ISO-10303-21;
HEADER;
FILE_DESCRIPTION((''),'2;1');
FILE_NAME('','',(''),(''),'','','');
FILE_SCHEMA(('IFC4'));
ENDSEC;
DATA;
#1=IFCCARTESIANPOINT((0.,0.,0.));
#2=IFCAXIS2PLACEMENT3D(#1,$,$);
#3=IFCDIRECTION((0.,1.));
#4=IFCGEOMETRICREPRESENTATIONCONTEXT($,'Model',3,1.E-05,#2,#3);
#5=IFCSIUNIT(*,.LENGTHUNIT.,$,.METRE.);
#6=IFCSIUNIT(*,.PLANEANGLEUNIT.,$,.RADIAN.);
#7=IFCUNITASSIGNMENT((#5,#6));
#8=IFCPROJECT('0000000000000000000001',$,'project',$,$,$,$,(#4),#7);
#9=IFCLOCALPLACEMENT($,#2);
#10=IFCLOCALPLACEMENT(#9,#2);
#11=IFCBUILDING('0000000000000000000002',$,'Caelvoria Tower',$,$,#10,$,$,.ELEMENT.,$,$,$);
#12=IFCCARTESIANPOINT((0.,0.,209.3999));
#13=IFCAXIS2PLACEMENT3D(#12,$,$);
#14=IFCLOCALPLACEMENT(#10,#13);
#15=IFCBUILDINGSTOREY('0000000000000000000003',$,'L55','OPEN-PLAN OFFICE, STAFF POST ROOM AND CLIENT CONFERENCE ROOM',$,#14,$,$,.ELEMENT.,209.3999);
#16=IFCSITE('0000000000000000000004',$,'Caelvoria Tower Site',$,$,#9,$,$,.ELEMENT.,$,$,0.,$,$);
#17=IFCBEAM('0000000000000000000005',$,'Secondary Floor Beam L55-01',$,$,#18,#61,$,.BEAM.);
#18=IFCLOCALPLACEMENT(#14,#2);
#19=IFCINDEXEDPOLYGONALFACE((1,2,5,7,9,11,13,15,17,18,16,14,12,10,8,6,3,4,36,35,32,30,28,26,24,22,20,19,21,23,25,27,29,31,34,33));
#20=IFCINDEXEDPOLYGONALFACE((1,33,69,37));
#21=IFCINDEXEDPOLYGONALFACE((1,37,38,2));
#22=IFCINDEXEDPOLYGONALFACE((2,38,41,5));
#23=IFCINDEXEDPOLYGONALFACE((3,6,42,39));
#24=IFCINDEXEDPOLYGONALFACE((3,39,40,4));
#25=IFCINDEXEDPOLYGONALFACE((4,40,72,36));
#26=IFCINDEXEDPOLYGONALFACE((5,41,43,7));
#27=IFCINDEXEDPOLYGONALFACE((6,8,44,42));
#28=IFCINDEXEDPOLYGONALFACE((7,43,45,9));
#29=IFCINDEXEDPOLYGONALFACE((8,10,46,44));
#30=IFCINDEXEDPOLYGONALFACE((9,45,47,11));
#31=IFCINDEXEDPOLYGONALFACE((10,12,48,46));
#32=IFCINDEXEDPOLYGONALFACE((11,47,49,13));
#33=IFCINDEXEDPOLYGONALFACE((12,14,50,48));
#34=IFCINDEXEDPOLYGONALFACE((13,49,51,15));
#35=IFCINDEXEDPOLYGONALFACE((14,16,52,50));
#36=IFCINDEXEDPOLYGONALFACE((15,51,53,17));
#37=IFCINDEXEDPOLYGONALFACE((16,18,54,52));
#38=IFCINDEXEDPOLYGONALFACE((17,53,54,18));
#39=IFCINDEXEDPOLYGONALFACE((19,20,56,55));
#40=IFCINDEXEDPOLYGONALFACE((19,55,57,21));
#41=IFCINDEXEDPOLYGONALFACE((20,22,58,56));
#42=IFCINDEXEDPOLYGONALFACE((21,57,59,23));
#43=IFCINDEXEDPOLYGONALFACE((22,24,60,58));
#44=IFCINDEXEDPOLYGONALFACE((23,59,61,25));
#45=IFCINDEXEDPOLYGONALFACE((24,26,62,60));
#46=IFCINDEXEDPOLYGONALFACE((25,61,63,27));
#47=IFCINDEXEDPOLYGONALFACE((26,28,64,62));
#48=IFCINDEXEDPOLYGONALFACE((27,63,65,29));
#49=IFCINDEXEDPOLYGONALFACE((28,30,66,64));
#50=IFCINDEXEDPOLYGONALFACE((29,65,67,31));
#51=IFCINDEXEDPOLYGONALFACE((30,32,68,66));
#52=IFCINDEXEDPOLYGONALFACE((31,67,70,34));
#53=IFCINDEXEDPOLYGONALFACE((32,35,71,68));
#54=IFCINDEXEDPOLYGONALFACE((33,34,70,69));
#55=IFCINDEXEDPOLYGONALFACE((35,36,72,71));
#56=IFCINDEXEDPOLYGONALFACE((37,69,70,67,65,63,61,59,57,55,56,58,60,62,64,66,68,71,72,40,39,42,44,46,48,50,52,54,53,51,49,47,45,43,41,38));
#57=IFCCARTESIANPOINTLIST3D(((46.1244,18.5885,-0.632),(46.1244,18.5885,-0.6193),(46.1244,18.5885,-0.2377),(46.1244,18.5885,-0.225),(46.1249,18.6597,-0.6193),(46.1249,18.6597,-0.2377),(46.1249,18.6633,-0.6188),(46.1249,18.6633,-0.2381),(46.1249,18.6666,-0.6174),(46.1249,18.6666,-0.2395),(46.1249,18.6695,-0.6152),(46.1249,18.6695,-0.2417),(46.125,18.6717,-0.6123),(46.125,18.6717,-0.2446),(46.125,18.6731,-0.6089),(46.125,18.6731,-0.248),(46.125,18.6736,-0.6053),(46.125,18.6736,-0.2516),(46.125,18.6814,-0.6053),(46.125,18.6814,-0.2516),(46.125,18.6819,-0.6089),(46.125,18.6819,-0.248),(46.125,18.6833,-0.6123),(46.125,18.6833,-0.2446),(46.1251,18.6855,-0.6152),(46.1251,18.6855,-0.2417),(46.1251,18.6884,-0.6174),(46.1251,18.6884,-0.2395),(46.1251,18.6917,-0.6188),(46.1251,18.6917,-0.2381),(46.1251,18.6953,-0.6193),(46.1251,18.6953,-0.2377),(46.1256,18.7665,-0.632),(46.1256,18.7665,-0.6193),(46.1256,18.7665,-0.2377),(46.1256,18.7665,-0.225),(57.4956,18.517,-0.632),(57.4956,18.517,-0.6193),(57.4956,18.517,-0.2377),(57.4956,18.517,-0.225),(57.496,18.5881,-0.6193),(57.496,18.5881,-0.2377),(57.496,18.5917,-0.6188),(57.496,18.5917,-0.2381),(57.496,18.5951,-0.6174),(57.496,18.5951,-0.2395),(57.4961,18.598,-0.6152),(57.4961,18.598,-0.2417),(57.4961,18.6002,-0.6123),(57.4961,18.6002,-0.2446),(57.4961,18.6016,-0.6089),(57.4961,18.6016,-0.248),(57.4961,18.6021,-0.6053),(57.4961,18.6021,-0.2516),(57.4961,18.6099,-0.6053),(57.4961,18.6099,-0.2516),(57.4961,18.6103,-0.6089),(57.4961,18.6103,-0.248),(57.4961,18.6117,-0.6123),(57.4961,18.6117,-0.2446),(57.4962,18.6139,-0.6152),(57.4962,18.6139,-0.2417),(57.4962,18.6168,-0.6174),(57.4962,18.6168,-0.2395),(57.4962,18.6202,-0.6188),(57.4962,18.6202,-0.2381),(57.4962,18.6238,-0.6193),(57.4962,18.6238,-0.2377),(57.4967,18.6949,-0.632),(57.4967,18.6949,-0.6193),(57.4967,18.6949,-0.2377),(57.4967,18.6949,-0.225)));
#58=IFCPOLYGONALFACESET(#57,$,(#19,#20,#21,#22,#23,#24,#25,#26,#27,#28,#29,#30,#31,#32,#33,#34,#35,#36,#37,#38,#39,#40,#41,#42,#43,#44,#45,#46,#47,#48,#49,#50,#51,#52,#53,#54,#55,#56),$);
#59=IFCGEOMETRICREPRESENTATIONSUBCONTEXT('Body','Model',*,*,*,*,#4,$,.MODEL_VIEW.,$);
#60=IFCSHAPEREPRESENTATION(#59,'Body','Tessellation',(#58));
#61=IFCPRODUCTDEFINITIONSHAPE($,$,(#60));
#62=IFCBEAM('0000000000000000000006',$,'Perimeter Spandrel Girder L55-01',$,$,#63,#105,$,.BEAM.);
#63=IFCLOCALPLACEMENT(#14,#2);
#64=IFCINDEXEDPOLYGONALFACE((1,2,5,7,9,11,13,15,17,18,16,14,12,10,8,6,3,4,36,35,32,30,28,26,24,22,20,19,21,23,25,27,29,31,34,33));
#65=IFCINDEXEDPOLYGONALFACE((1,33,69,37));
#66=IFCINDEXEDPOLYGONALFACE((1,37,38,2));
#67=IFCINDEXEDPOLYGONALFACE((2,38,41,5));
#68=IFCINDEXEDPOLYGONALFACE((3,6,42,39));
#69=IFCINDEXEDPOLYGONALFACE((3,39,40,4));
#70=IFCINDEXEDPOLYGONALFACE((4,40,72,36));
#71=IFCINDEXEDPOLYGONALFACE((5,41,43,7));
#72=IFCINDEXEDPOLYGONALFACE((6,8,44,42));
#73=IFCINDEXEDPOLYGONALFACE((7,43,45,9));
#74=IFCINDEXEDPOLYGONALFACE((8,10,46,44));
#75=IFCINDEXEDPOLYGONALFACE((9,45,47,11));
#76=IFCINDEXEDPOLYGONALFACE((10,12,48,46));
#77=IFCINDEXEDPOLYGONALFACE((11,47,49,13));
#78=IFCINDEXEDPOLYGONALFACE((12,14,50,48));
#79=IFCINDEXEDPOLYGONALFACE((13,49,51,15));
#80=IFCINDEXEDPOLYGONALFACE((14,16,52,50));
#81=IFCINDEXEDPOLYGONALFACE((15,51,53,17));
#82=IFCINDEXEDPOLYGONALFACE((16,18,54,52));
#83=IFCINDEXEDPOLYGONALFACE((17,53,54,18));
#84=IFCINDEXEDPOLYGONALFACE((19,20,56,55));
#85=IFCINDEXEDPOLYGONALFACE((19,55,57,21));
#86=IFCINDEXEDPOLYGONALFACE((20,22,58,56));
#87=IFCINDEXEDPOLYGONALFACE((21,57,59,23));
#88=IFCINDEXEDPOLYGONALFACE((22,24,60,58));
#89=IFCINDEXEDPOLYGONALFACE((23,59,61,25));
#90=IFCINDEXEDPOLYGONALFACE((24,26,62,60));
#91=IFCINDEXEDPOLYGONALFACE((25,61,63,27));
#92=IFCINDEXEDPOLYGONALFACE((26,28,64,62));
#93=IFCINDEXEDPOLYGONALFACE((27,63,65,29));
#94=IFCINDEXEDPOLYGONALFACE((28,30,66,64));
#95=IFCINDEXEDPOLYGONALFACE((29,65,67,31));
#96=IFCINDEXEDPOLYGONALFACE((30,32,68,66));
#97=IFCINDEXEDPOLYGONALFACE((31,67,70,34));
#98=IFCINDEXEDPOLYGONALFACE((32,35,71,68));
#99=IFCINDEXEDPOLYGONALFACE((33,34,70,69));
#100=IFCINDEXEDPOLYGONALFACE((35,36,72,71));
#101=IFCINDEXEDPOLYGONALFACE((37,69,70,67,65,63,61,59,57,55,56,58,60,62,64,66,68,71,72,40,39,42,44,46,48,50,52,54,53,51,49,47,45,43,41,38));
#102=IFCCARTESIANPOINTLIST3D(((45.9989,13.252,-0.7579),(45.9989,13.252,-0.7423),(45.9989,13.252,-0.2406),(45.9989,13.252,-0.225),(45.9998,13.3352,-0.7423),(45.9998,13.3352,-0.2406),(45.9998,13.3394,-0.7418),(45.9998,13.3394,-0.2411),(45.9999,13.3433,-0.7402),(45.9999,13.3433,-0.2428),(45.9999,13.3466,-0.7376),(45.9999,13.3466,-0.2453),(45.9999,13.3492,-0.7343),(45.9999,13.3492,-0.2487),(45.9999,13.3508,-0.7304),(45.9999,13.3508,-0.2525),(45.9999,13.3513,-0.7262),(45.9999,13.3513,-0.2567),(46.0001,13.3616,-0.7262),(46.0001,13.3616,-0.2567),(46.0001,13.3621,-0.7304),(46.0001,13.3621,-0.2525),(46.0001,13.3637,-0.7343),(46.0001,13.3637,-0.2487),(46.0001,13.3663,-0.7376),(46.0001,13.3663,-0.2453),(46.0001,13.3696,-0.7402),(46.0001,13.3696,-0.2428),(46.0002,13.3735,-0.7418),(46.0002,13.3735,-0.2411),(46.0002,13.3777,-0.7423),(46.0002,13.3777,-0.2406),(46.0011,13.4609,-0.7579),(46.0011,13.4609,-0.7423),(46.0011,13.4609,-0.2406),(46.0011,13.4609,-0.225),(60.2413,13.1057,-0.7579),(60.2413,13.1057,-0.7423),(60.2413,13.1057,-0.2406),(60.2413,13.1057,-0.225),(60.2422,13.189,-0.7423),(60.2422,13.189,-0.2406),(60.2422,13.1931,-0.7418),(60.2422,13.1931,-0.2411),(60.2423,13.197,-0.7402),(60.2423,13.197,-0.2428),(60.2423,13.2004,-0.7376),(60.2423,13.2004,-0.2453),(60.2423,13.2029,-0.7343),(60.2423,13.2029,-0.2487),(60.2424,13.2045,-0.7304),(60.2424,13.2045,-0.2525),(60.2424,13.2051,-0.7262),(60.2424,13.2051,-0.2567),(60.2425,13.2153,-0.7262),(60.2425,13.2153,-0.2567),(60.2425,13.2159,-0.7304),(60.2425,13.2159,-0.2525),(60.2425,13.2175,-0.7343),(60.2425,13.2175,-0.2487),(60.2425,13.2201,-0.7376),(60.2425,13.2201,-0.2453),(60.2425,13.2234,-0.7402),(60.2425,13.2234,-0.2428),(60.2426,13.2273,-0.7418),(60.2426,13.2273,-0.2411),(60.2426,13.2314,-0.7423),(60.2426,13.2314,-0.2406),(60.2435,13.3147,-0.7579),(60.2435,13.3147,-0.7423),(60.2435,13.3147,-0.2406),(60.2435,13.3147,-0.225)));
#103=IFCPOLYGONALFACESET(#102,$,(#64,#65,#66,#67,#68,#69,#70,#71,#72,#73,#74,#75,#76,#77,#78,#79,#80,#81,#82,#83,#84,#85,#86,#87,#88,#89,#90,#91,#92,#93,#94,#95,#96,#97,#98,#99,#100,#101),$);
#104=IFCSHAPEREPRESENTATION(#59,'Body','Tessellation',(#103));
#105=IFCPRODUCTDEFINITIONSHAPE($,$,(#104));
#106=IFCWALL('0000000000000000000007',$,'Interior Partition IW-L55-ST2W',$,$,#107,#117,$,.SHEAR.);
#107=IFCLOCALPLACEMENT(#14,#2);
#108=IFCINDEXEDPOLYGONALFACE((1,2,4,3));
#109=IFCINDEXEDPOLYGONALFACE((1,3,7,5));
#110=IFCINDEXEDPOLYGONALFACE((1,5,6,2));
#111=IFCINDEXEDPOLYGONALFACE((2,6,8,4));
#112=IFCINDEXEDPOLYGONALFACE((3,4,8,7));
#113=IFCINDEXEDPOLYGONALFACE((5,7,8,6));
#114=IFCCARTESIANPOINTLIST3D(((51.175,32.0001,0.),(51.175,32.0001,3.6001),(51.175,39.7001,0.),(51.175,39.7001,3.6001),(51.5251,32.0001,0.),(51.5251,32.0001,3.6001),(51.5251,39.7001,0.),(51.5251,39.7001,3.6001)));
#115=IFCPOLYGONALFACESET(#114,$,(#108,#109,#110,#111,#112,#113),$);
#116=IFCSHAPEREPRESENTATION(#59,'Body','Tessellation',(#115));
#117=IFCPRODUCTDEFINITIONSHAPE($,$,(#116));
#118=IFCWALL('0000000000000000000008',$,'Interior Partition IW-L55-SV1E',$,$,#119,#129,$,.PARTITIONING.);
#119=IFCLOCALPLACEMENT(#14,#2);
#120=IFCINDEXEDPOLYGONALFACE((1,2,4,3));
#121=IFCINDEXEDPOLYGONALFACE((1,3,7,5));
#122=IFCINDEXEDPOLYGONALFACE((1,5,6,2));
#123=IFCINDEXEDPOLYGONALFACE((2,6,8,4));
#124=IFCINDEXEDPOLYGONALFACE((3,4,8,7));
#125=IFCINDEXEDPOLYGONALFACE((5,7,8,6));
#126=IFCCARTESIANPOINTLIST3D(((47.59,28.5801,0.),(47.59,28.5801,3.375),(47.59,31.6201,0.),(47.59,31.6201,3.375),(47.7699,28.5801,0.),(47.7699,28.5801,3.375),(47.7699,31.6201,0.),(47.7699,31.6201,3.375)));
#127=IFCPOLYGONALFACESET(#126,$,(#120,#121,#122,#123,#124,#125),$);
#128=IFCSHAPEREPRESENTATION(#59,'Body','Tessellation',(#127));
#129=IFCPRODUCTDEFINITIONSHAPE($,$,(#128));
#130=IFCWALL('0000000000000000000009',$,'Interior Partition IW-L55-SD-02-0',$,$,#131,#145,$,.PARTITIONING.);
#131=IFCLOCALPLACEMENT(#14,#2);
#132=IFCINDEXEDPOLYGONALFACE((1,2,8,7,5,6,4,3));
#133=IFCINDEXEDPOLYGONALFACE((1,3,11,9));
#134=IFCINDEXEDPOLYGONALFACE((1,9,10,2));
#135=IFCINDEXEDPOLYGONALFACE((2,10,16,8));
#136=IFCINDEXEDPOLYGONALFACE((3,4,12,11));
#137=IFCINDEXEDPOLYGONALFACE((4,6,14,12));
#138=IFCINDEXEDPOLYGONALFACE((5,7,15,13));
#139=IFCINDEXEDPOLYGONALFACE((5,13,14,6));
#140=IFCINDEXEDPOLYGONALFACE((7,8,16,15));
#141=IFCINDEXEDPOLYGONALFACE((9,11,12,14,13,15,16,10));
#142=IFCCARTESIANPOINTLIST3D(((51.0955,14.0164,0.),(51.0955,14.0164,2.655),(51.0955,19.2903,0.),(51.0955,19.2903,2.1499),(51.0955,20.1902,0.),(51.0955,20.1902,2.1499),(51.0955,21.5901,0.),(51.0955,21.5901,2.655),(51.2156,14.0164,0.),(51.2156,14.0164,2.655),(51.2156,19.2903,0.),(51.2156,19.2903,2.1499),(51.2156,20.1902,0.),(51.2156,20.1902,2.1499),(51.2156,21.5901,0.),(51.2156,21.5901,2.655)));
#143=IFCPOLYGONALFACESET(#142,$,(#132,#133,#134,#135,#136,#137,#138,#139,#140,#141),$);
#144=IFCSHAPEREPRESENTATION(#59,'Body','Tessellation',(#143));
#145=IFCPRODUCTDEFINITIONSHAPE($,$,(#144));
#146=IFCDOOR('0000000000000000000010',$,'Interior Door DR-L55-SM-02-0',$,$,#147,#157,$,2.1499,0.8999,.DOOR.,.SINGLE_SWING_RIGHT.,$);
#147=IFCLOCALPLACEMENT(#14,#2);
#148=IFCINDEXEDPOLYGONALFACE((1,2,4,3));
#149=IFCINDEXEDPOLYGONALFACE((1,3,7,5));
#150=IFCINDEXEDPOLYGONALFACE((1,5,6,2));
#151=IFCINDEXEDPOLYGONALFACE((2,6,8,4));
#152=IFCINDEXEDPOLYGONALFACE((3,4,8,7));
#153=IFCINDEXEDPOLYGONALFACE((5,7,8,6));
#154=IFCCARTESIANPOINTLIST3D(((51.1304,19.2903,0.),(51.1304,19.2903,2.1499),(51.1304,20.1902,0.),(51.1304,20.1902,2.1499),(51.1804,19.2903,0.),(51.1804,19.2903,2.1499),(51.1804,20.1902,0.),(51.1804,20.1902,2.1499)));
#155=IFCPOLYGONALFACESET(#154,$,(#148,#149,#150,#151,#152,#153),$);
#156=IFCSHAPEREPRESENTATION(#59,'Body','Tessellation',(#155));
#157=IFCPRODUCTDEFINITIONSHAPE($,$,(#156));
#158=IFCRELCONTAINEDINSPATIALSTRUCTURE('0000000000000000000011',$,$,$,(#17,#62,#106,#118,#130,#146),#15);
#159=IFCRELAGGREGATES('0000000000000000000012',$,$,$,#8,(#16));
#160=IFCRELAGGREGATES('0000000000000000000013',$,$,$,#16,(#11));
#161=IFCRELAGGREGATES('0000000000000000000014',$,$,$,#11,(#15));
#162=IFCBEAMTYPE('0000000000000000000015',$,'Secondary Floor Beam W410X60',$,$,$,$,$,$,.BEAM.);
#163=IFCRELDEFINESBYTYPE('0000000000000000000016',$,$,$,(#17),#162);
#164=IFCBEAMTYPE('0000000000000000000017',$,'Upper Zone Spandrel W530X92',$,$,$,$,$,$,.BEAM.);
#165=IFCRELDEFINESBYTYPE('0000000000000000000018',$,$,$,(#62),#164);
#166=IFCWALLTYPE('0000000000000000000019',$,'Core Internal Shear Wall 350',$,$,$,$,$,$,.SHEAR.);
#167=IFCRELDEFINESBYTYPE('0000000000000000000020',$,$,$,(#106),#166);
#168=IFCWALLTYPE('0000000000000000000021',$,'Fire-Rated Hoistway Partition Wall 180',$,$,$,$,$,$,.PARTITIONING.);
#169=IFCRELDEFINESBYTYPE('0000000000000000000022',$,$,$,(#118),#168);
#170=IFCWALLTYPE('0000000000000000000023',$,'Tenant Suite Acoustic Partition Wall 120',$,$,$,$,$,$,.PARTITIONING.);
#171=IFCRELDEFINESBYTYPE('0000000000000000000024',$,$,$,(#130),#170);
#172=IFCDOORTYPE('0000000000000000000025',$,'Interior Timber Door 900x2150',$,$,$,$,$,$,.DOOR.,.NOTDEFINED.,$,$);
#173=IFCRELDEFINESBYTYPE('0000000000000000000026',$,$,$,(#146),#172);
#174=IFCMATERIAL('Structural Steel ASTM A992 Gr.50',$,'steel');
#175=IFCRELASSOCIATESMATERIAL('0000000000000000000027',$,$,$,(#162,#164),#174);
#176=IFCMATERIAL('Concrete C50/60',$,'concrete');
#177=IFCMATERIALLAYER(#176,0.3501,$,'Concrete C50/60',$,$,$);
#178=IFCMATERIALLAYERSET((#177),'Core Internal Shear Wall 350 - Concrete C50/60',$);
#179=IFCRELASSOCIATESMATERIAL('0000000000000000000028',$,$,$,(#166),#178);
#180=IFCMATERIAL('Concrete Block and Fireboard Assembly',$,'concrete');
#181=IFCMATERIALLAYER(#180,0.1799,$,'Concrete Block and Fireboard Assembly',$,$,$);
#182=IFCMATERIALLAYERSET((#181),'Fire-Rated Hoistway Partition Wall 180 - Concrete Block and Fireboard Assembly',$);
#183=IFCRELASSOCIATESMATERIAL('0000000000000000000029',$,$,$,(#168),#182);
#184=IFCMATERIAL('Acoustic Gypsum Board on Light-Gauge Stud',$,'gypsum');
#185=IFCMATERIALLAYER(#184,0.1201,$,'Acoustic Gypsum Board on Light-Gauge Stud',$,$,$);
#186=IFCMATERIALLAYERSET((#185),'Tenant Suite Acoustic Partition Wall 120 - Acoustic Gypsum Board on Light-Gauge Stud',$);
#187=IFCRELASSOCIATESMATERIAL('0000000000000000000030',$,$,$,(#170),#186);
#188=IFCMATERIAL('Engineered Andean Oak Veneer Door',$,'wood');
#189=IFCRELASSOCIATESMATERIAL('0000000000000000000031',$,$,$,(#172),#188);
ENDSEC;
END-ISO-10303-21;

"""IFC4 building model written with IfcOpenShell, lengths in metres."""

from ifc_helpers import new_model, si_unit, direction, frame, frame_2d, origin, origin_2d, place, context, subcontext, project, spatial, rectangle, i_section, extrude, material, layer, layer_set, material_profile, profile_set, type_object, element, fill, save


model = new_model("IFC4")

# Units and contexts
model_context = context("Model", 3, precision=1e-05, world=origin(), true_north=direction((0.0, 1.0)))
body_context = subcontext(model_context, "Body", "Model", "MODEL_VIEW")
ifc_project = project(units=[si_unit("LENGTHUNIT", "METRE"), si_unit("PLANEANGLEUNIT", "RADIAN")], contexts=[model_context])

# Site, building, storey
site_placement = place(None, origin())
site = spatial("IfcSite", under=ifc_project, at=site_placement, Name="Caelvoria Tower Site", CompositionType="ELEMENT", RefElevation=0.0)
building_placement = place(site_placement, origin())
building = spatial("IfcBuilding", under=site, at=building_placement, Name="Caelvoria Tower", CompositionType="ELEMENT")
storey_placement = place(building_placement, frame((0.0, 0.0, 209.3999)))
storey = spatial("IfcBuildingStorey", under=building, at=storey_placement, Name="L55", Description="OPEN-PLAN OFFICE, STAFF POST ROOM AND CLIENT CONFERENCE ROOM", CompositionType="ELEMENT", Elevation=209.3999)

# Beams
ifc_material_1 = material(Name="Structural Steel ASTM A992 Gr.50", Category="steel")
ifc_material_profile_1 = material_profile(ifc_material_1, i_section(OverallWidth=0.178, OverallDepth=0.407, WebThickness=0.0078, FlangeThickness=0.0127, FilletRadius=0.0139, at=origin_2d()), Name="Structural Steel ASTM A992 Gr.50")
ifc_profile_set_1 = profile_set([ifc_material_profile_1], Name="W410X60 - Structural Steel ASTM A992 Gr.50")
beam_type_1 = type_object("IfcBeamType", Name="Secondary Floor Beam W410X60", PredefinedType="BEAM", material=ifc_profile_set_1)
beam_1_placement = place(storey_placement, frame((46.125, 18.6775, -0.4285), z_axis=(0.99998, -0.006291, 0.0), x_axis=(0.006291, 0.99998, 0.0)))
element("IfcBeam", 1, at=beam_1_placement, inside=storey, type_object=beam_type_1, Name="Secondary Floor Beam L55-01", PredefinedType="BEAM", context=body_context, shape_type="SweptSolid", body=[
    extrude(i_section(OverallWidth=0.178, OverallDepth=0.407, WebThickness=0.0078, FlangeThickness=0.0127, FilletRadius=0.0139, at=origin_2d()), origin(), (0.0, 0.0, 1.0), 11.3713),
])
ifc_material_profile_2 = material_profile(ifc_material_1, i_section(OverallWidth=0.209, OverallDepth=0.533, WebThickness=0.0103, FlangeThickness=0.0156, FilletRadius=0.0161, at=origin_2d()), Name="Structural Steel ASTM A992 Gr.50")
ifc_profile_set_2 = profile_set([ifc_material_profile_2], Name="W530X92 - Structural Steel ASTM A992 Gr.50")
beam_type_2 = type_object("IfcBeamType", Name="Upper Zone Spandrel W530X92", PredefinedType="BEAM", material=ifc_profile_set_2)
beam_2_placement = place(storey_placement, frame((46.0, 13.3564, -0.4915), z_axis=(0.999947, -0.010267, 0.0), x_axis=(0.010267, 0.999947, 0.0)))
element("IfcBeam", 2, at=beam_2_placement, inside=storey, type_object=beam_type_2, Name="Perimeter Spandrel Girder L55-01", PredefinedType="BEAM", context=body_context, shape_type="SweptSolid", body=[
    extrude(i_section(OverallWidth=0.209, OverallDepth=0.533, WebThickness=0.0103, FlangeThickness=0.0156, FilletRadius=0.0161, at=origin_2d()), origin(), (0.0, 0.0, 1.0), 14.2432),
])

# Wall
ifc_material_2 = material(Name="Concrete C50/60", Category="concrete")
ifc_layer_1 = layer(ifc_material_2, 0.3501, Name="Concrete C50/60")
ifc_layer_set_1 = layer_set([ifc_layer_1], Name="Core Internal Shear Wall 350 - Concrete C50/60")
wall_type_1 = type_object("IfcWallType", Name="Core Internal Shear Wall 350", PredefinedType="SHEAR", material=ifc_layer_set_1)
wall_1_placement = place(storey_placement, frame((51.3501, 32.0, 0.0), z_axis=(0.0, 0.0, 1.0), x_axis=(0.0, 1.0, 0.0)))
element("IfcWall", 3, at=wall_1_placement, inside=storey, type_object=wall_type_1, Name="Interior Partition IW-L55-ST2W", PredefinedType="SHEAR", context=body_context, shape_type="SweptSolid", body=[
    extrude(rectangle(XDim=7.7, YDim=0.3501, at=frame_2d((3.8501, 0.0))), origin(), (0.0, 0.0, 1.0), 3.6001),
])

# Wall
ifc_material_3 = material(Name="Concrete Block and Fireboard Assembly", Category="concrete")
ifc_layer_2 = layer(ifc_material_3, 0.1799, Name="Concrete Block and Fireboard Assembly")
ifc_layer_set_2 = layer_set([ifc_layer_2], Name="Fire-Rated Hoistway Partition Wall 180 - Concrete Block and Fireboard Assembly")
wall_type_2 = type_object("IfcWallType", Name="Fire-Rated Hoistway Partition Wall 180", PredefinedType="PARTITIONING", material=ifc_layer_set_2)
wall_2_placement = place(storey_placement, frame((47.6799, 28.5801, 0.0), z_axis=(0.0, 0.0, 1.0), x_axis=(0.0, 1.0, 0.0)))
element("IfcWall", 4, at=wall_2_placement, inside=storey, type_object=wall_type_2, Name="Interior Partition IW-L55-SV1E", PredefinedType="PARTITIONING", context=body_context, shape_type="SweptSolid", body=[
    extrude(rectangle(XDim=3.04, YDim=0.1799, at=frame_2d((1.52, 0.0))), origin(), (0.0, 0.0, 1.0), 3.375),
])

# Wall, opening, door
ifc_material_4 = material(Name="Acoustic Gypsum Board on Light-Gauge Stud", Category="gypsum")
ifc_layer_3 = layer(ifc_material_4, 0.1201, Name="Acoustic Gypsum Board on Light-Gauge Stud")
ifc_layer_set_3 = layer_set([ifc_layer_3], Name="Tenant Suite Acoustic Partition Wall 120 - Acoustic Gypsum Board on Light-Gauge Stud")
wall_type_3 = type_object("IfcWallType", Name="Tenant Suite Acoustic Partition Wall 120", PredefinedType="PARTITIONING", material=ifc_layer_set_3)
wall_3_placement = place(storey_placement, frame((51.1555, 21.5901, 0.0), z_axis=(0.0, 0.0, 1.0), x_axis=(0.0, -1.0, 0.0)))
wall_3 = element("IfcWall", 5, at=wall_3_placement, inside=storey, type_object=wall_type_3, Name="Interior Partition IW-L55-SD-02-0", PredefinedType="PARTITIONING", context=body_context, shape_type="SweptSolid", body=[
    extrude(rectangle(XDim=7.5737, YDim=0.1201, at=frame_2d((3.7869, 0.0))), origin(), (0.0, 0.0, 1.0), 2.655),
])
opening_1_placement = place(wall_3_placement, frame((1.3999, 0.0, 0.0)))
opening_1 = element("IfcOpeningElement", 6, at=opening_1_placement, cuts=wall_3, PredefinedType="OPENING", context=body_context, shape_type="SweptSolid", body=[
    extrude(rectangle(XDim=0.8999, YDim=2.1499, at=frame_2d((0.45, 1.075))), frame((0.0, 0.0701, 0.0), z_axis=(0.0, -1.0, 0.0), x_axis=(1.0, 0.0, 0.0)), (0.0, 0.0, 1.0), 0.1401),
])
ifc_material_5 = material(Name="Engineered Andean Oak Veneer Door", Category="wood")
door_type_1 = type_object("IfcDoorType", Name="Interior Timber Door 900x2150", OperationType="NOTDEFINED", PredefinedType="DOOR", material=ifc_material_5)
door_1_placement = place(opening_1_placement, origin())
door_1 = element("IfcDoor", 7, at=door_1_placement, inside=storey, type_object=door_type_1, Name="Interior Door DR-L55-SM-02-0", OperationType="SINGLE_SWING_RIGHT", OverallHeight=2.1499, OverallWidth=0.8999, PredefinedType="DOOR", context=body_context, shape_type="SweptSolid", body=[
    extrude(rectangle(XDim=0.8999, YDim=2.1499, at=frame_2d((0.45, 1.075))), frame((0.0, 0.0249, 0.0), z_axis=(0.0, -1.0, 0.0), x_axis=(1.0, 0.0, 0.0)), (0.0, 0.0, 1.0), 0.05),
])
fill(opening_1, door_1)

save(model, "model.ifc")
